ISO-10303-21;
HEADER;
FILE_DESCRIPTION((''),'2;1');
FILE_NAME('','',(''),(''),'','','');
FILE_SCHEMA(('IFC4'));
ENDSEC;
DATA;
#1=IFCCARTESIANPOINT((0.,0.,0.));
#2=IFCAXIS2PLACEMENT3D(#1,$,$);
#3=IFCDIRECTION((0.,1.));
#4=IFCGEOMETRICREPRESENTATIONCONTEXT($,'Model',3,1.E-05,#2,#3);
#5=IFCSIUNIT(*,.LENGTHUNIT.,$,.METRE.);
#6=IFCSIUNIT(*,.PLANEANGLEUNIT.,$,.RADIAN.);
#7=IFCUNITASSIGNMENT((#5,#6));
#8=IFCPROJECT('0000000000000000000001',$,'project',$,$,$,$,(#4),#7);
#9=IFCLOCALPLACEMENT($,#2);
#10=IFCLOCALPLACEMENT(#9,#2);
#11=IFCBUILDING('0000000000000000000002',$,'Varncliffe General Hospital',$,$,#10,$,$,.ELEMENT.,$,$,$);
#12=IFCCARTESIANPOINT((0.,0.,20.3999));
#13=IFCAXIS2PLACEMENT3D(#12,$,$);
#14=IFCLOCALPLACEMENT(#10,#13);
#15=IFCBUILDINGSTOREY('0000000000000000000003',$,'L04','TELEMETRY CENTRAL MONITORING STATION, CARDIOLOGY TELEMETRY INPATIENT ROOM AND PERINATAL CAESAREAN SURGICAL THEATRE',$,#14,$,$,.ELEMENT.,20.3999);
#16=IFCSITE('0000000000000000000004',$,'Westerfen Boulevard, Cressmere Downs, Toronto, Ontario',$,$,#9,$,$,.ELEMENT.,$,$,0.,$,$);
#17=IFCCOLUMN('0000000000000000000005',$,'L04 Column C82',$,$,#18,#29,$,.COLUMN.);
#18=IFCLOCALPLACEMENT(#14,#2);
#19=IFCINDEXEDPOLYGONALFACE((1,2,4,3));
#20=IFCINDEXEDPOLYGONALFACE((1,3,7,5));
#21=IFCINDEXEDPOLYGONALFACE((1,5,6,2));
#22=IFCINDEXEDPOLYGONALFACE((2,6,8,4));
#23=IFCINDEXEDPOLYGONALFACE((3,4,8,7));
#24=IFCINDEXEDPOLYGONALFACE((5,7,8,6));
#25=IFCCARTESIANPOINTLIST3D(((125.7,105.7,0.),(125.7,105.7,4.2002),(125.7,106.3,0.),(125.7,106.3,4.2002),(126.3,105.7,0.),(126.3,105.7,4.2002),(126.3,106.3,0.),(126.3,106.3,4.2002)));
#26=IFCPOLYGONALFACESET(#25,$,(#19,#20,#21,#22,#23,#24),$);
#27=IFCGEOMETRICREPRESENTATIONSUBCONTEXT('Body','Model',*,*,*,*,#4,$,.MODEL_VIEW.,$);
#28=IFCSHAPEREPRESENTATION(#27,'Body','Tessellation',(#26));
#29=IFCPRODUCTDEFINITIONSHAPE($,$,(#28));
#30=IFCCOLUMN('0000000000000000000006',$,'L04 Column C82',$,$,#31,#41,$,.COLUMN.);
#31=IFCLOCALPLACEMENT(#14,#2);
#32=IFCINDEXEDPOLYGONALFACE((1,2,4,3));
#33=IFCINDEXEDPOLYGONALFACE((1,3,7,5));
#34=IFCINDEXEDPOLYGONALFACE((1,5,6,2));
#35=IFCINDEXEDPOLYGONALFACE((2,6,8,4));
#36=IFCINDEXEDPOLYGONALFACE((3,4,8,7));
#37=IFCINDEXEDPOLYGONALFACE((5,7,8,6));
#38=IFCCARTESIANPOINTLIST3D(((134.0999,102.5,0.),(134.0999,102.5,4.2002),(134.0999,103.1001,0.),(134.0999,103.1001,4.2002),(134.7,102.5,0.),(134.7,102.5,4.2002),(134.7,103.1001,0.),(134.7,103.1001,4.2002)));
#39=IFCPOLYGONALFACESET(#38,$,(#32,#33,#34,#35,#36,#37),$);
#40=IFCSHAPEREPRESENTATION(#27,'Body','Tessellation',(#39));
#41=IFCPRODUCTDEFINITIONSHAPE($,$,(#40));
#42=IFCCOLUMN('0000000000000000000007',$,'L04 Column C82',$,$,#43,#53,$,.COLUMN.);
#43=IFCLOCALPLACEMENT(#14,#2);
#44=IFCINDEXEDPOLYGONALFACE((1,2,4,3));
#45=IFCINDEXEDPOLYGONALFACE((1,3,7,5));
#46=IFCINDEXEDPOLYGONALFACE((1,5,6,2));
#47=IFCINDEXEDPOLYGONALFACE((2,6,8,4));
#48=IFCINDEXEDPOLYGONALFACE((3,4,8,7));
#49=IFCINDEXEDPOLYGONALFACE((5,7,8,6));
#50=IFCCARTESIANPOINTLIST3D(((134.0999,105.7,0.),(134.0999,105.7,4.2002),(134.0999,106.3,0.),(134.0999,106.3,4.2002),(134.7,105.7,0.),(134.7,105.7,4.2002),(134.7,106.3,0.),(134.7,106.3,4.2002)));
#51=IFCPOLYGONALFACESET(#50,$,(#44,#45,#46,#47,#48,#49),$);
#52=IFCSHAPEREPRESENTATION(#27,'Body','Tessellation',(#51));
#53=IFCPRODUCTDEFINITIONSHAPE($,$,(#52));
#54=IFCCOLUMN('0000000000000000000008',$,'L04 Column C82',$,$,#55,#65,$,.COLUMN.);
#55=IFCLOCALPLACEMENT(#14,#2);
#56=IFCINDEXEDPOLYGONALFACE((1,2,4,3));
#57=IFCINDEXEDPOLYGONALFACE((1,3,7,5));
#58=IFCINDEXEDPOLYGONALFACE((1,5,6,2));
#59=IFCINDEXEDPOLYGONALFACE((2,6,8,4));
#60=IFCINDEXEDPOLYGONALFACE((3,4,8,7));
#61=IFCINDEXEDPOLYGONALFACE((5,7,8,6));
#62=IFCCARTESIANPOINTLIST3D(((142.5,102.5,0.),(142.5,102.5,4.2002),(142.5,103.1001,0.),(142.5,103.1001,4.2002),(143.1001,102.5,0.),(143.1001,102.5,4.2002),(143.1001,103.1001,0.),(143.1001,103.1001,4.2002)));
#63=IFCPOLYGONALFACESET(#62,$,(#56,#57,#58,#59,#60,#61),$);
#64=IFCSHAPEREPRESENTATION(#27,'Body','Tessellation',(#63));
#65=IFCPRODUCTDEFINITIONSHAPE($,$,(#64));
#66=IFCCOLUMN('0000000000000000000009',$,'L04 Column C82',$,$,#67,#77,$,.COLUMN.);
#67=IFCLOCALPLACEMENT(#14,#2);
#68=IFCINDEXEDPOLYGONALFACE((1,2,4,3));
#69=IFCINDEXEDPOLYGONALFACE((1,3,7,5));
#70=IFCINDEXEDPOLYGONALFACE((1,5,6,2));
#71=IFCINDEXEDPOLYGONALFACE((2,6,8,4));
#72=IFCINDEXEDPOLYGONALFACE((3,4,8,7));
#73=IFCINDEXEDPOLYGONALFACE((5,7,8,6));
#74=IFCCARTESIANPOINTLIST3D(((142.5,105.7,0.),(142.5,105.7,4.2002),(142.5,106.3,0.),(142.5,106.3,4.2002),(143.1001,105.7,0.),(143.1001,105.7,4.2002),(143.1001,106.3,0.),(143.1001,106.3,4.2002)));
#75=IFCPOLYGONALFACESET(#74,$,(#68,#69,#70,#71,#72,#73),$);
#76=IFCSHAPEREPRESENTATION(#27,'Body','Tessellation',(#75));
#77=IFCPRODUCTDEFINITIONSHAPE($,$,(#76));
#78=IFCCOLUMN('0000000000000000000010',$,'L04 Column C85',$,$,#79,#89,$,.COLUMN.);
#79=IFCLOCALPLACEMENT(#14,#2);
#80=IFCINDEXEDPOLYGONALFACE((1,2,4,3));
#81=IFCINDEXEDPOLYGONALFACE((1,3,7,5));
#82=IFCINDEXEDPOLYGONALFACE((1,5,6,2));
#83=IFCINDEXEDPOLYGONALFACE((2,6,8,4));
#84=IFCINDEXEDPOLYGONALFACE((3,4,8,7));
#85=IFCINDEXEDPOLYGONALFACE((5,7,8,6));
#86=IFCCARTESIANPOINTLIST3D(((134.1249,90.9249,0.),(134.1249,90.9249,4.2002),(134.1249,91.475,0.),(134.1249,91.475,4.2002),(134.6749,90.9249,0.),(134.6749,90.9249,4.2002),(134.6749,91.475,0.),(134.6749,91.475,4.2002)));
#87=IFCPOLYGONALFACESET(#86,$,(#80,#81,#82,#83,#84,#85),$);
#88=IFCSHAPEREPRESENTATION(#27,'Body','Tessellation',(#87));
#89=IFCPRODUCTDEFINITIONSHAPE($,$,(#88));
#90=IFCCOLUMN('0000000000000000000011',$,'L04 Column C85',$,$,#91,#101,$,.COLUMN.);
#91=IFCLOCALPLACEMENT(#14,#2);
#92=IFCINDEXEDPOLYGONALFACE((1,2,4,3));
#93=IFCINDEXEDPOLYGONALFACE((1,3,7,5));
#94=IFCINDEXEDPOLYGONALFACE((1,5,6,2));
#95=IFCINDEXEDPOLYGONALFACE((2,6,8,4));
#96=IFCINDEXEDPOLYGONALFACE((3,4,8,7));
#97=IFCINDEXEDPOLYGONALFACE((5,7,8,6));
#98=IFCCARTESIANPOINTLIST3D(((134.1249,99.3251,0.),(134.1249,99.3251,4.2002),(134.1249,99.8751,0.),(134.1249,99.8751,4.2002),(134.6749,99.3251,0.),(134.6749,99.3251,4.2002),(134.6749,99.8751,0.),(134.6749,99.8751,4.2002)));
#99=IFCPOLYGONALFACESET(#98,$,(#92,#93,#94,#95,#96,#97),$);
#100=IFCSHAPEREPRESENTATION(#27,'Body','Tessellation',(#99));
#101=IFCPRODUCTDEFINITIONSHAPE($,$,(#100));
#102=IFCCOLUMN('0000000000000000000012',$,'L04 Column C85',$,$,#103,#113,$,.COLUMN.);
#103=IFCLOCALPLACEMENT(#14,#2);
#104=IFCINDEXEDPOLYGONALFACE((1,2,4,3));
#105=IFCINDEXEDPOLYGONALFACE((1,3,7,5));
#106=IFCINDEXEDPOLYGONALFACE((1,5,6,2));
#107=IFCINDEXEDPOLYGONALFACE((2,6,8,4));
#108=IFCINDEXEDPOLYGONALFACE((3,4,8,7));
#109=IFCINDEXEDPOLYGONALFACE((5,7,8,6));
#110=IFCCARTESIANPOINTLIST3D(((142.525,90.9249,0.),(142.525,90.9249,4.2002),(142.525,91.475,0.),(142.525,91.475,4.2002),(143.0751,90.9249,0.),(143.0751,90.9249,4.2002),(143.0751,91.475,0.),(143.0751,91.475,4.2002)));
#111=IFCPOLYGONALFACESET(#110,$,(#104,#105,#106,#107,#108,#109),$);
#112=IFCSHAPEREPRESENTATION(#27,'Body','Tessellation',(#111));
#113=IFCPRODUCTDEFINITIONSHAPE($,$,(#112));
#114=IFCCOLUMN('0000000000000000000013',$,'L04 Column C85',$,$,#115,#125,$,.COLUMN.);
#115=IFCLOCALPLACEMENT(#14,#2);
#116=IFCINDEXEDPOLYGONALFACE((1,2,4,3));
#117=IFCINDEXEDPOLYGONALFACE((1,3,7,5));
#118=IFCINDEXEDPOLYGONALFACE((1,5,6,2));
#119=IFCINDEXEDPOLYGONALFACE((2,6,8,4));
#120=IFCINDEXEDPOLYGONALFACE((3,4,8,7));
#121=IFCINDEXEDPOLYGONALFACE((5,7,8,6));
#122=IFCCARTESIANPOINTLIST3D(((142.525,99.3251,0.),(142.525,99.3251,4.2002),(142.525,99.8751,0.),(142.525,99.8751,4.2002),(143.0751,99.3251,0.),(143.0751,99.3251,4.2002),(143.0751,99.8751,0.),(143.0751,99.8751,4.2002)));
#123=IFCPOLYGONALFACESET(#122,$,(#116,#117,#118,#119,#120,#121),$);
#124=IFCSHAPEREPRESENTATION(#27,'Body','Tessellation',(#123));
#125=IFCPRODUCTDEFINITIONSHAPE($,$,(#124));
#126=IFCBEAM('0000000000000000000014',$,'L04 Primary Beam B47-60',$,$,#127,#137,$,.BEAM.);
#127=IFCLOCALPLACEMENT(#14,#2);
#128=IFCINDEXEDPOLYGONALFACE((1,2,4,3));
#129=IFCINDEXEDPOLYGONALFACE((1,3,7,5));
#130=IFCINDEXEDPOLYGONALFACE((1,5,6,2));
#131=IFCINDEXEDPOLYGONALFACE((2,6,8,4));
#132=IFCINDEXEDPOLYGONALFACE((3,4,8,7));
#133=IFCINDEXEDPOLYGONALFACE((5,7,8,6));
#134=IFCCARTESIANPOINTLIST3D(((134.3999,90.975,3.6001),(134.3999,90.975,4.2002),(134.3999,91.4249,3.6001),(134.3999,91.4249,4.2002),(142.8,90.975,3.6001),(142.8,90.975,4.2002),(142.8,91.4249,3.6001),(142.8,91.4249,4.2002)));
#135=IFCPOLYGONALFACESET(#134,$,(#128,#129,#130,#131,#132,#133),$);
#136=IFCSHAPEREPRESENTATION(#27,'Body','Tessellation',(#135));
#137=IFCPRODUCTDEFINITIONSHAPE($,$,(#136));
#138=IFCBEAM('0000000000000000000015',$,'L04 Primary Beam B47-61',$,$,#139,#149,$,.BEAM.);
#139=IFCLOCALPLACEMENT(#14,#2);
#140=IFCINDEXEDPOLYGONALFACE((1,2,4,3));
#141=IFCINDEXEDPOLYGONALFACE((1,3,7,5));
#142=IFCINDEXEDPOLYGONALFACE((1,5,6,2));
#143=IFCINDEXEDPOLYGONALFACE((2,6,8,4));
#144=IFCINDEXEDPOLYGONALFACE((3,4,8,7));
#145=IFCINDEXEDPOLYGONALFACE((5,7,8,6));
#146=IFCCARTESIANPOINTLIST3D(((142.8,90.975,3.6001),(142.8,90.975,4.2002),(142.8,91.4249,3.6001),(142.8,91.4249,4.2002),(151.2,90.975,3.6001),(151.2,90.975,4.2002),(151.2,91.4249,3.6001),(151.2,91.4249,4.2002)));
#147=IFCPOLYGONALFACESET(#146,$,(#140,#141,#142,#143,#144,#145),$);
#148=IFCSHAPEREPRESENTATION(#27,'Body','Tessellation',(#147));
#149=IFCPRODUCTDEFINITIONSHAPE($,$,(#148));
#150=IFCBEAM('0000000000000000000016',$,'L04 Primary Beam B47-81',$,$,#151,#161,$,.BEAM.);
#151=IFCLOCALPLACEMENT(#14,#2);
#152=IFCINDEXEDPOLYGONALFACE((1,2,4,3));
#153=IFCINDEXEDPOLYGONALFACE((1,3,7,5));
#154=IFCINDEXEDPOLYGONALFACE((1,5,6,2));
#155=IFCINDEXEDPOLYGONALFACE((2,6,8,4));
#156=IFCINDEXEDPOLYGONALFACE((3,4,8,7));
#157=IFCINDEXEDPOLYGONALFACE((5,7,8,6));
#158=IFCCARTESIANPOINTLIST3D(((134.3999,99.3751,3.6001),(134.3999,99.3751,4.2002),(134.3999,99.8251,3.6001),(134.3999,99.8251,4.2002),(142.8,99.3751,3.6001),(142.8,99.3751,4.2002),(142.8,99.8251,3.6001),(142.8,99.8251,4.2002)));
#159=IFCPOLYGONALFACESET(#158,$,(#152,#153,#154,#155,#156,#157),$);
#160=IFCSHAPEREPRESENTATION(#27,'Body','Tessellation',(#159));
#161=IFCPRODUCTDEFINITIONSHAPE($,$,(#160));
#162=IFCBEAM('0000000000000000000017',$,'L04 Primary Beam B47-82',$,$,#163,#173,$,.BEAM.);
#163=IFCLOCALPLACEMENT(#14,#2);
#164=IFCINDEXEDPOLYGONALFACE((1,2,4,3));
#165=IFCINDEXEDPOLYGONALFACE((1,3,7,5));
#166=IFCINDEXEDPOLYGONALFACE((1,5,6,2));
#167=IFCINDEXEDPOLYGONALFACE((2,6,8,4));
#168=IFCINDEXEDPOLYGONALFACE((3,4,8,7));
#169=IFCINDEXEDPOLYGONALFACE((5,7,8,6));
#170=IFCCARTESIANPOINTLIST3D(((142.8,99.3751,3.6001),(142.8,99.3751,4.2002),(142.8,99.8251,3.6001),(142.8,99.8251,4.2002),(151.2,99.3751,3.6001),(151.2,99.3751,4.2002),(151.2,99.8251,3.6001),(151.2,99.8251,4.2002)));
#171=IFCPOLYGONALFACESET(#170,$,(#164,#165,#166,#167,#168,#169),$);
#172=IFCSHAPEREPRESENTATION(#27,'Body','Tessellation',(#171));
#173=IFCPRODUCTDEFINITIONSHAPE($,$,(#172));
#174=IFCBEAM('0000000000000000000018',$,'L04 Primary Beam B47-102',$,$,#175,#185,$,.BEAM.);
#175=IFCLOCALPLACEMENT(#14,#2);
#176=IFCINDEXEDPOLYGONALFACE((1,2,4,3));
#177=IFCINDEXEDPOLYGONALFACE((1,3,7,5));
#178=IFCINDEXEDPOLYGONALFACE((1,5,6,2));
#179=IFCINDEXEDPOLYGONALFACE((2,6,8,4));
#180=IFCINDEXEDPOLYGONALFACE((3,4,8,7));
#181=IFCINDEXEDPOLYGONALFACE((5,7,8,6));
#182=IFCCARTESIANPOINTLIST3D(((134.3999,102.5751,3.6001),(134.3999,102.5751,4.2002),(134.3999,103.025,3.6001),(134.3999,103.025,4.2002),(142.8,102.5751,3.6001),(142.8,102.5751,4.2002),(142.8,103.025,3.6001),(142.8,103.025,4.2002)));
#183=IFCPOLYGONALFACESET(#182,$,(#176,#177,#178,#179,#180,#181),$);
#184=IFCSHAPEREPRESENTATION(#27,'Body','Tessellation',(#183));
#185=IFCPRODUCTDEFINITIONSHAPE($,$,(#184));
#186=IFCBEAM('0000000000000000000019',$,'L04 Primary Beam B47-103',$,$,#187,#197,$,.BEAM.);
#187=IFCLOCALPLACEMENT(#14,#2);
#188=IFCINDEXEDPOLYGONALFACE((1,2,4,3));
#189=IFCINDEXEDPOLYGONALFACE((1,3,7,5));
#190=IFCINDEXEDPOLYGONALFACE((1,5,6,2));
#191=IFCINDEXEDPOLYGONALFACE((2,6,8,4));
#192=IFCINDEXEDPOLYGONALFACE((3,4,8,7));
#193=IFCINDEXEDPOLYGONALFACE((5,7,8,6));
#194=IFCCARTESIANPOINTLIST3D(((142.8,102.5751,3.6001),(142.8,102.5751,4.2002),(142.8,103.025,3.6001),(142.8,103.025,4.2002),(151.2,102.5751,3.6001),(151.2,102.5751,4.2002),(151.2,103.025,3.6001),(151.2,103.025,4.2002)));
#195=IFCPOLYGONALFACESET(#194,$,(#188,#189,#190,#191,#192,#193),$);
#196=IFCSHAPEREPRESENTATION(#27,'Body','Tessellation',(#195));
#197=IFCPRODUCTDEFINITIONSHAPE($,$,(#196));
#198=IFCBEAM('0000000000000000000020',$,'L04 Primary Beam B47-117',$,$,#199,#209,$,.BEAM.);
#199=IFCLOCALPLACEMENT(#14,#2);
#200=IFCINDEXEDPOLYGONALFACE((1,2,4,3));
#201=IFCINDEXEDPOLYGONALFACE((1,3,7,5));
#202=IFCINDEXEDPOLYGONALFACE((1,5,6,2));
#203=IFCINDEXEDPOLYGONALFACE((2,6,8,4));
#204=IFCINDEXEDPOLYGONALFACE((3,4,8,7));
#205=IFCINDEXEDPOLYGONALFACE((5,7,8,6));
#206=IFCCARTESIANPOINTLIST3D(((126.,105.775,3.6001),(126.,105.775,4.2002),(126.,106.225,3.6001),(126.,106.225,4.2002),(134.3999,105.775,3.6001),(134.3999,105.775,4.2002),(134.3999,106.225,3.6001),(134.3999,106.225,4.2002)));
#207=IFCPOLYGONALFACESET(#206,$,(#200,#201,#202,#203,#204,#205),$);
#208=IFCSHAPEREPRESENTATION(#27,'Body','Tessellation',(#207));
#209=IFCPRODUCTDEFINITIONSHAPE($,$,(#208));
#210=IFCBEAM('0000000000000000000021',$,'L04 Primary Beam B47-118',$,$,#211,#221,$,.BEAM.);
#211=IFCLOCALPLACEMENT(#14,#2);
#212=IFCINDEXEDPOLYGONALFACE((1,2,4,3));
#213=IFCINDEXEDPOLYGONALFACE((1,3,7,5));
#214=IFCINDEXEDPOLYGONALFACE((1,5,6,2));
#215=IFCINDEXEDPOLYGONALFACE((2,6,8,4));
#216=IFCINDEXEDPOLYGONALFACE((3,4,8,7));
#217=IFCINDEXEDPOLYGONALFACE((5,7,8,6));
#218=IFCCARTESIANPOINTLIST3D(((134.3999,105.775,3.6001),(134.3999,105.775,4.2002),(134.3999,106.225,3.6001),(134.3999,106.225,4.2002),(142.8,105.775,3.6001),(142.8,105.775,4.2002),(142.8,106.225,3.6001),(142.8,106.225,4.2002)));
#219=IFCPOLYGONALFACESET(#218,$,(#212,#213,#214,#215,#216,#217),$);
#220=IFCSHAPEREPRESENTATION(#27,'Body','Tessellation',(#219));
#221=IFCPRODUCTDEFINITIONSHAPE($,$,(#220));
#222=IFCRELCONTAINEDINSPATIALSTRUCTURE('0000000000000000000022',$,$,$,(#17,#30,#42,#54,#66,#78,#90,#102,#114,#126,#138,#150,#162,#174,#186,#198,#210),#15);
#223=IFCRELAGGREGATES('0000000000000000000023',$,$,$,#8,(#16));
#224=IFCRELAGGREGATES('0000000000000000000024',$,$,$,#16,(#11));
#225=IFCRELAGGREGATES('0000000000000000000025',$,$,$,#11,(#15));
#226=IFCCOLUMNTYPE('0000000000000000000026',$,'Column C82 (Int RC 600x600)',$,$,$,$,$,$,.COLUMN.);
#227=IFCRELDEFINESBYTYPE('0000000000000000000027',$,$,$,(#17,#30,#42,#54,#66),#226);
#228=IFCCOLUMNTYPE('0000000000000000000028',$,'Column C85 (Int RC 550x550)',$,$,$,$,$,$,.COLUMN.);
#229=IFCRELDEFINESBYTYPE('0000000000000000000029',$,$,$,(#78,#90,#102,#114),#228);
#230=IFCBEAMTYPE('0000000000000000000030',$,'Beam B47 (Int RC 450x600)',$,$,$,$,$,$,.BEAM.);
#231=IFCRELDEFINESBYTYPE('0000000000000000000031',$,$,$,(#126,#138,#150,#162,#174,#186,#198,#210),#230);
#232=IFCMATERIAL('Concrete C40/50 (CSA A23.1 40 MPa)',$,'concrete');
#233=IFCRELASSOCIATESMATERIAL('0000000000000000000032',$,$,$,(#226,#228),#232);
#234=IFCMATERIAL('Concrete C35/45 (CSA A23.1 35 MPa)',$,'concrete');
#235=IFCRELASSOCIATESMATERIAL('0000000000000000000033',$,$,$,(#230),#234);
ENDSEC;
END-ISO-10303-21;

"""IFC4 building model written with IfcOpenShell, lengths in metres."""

from ifc_helpers import new_model, si_unit, direction, frame, origin, origin_2d, place, context, subcontext, project, spatial, rectangle, extrude, material, material_profile, profile_set, type_object, element, save


model = new_model("IFC4")

# Units and contexts
model_context = context("Model", 3, precision=1e-05, world=origin(), true_north=direction((0.0, 1.0)))
body_context = subcontext(model_context, "Body", "Model", "MODEL_VIEW")
ifc_project = project(units=[si_unit("LENGTHUNIT", "METRE"), si_unit("PLANEANGLEUNIT", "RADIAN")], contexts=[model_context])

# Site, building, storey
site_placement = place(None, origin())
site = spatial("IfcSite", under=ifc_project, at=site_placement, Name="Westerfen Boulevard, Cressmere Downs, Toronto, Ontario", CompositionType="ELEMENT", RefElevation=0.0)
building_placement = place(site_placement, origin())
building = spatial("IfcBuilding", under=site, at=building_placement, Name="Varncliffe General Hospital", CompositionType="ELEMENT")
storey_placement = place(building_placement, frame((0.0, 0.0, 20.3999)))
storey = spatial("IfcBuildingStorey", under=building, at=storey_placement, Name="L04", Description="TELEMETRY CENTRAL MONITORING STATION, CARDIOLOGY TELEMETRY INPATIENT ROOM AND PERINATAL CAESAREAN SURGICAL THEATRE", CompositionType="ELEMENT", Elevation=20.3999)

# Columns
ifc_material_1 = material(Name="Concrete C40/50 (CSA A23.1 40 MPa)", Category="concrete")
ifc_material_profile_1 = material_profile(ifc_material_1, rectangle(XDim=0.6001, YDim=0.6001, at=origin_2d()), Name="RC 600x600")
ifc_profile_set_1 = profile_set([ifc_material_profile_1], Name="Concrete C40/50 (CSA A23.1 40 MPa)")
column_type_1 = type_object("IfcColumnType", Name="Column C82 (Int RC 600x600)", PredefinedType="COLUMN", material=ifc_profile_set_1)
for number, where, z_axis, x_axis, name in (
    (1, (126.0, 106.0, 0.0), (0.0, 0.0, 1.0), (1.0, 0.0, 0.0), "L04 Column C82"),
    (2, (134.3999, 102.8, 0.0), (0.0, 0.0, 1.0), (1.0, 0.0, 0.0), "L04 Column C82"),
    (3, (134.3999, 106.0, 0.0), (0.0, 0.0, 1.0), (1.0, 0.0, 0.0), "L04 Column C82"),
    (4, (142.8, 102.8, 0.0), (0.0, 0.0, 1.0), (1.0, 0.0, 0.0), "L04 Column C82"),
    (5, (142.8, 106.0, 0.0), (0.0, 0.0, 1.0), (1.0, 0.0, 0.0), "L04 Column C82"),
):
    element("IfcColumn", number, at=place(storey_placement, frame(where, z_axis=z_axis, x_axis=x_axis)), inside=storey, type_object=column_type_1, Name=name, PredefinedType="COLUMN", context=body_context, shape_type="SweptSolid", body=[
        extrude(rectangle(XDim=0.6001, YDim=0.6001, at=origin_2d()), origin(), (0.0, 0.0, 1.0), 4.2002),
    ])
ifc_material_profile_2 = material_profile(ifc_material_1, rectangle(XDim=0.55, YDim=0.55, at=origin_2d()), Name="RC 550x550")
ifc_profile_set_2 = profile_set([ifc_material_profile_2], Name="Concrete C40/50 (CSA A23.1 40 MPa)")
column_type_2 = type_object("IfcColumnType", Name="Column C85 (Int RC 550x550)", PredefinedType="COLUMN", material=ifc_profile_set_2)
for number, where, z_axis, x_axis, name in (
    (6, (134.3999, 91.2, 0.0), (0.0, 0.0, 1.0), (1.0, 0.0, 0.0), "L04 Column C85"),
    (7, (134.3999, 99.6001, 0.0), (0.0, 0.0, 1.0), (1.0, 0.0, 0.0), "L04 Column C85"),
    (8, (142.8, 91.2, 0.0), (0.0, 0.0, 1.0), (1.0, 0.0, 0.0), "L04 Column C85"),
    (9, (142.8, 99.6001, 0.0), (0.0, 0.0, 1.0), (1.0, 0.0, 0.0), "L04 Column C85"),
):
    element("IfcColumn", number, at=place(storey_placement, frame(where, z_axis=z_axis, x_axis=x_axis)), inside=storey, type_object=column_type_2, Name=name, PredefinedType="COLUMN", context=body_context, shape_type="SweptSolid", body=[
        extrude(rectangle(XDim=0.55, YDim=0.55, at=origin_2d()), origin(), (0.0, 0.0, 1.0), 4.2002),
    ])

# Beams
ifc_material_2 = material(Name="Concrete C35/45 (CSA A23.1 35 MPa)", Category="concrete")
ifc_material_profile_3 = material_profile(ifc_material_2, rectangle(XDim=0.45, YDim=0.6001, at=origin_2d()), Name="RC 450x600")
ifc_profile_set_3 = profile_set([ifc_material_profile_3], Name="Concrete C35/45 (CSA A23.1 35 MPa)")
beam_type = type_object("IfcBeamType", Name="Beam B47 (Int RC 450x600)", PredefinedType="BEAM", material=ifc_profile_set_3)
beam_1_placement = place(storey_placement, frame((134.3999, 91.2, 3.9001), z_axis=(1.0, 0.0, 0.0), x_axis=(0.0, 1.0, 0.0)))
element("IfcBeam", 10, at=beam_1_placement, inside=storey, type_object=beam_type, Name="L04 Primary Beam B47-60", PredefinedType="BEAM", context=body_context, shape_type="SweptSolid", body=[
    extrude(rectangle(XDim=0.45, YDim=0.6001, at=origin_2d()), origin(), (0.0, 0.0, 1.0), 8.4001),
])
beam_2_placement = place(storey_placement, frame((142.8, 91.2, 3.9001), z_axis=(1.0, 0.0, 0.0), x_axis=(0.0, 1.0, 0.0)))
element("IfcBeam", 11, at=beam_2_placement, inside=storey, type_object=beam_type, Name="L04 Primary Beam B47-61", PredefinedType="BEAM", context=body_context, shape_type="SweptSolid", body=[
    extrude(rectangle(XDim=0.45, YDim=0.6001, at=origin_2d()), origin(), (0.0, 0.0, 1.0), 8.3999),
])
beam_3_placement = place(storey_placement, frame((134.3999, 99.6001, 3.9001), z_axis=(1.0, 0.0, 0.0), x_axis=(0.0, 1.0, 0.0)))
element("IfcBeam", 12, at=beam_3_placement, inside=storey, type_object=beam_type, Name="L04 Primary Beam B47-81", PredefinedType="BEAM", context=body_context, shape_type="SweptSolid", body=[
    extrude(rectangle(XDim=0.45, YDim=0.6001, at=origin_2d()), origin(), (0.0, 0.0, 1.0), 8.4001),
])
beam_4_placement = place(storey_placement, frame((142.8, 99.6001, 3.9001), z_axis=(1.0, 0.0, 0.0), x_axis=(0.0, 1.0, 0.0)))
element("IfcBeam", 13, at=beam_4_placement, inside=storey, type_object=beam_type, Name="L04 Primary Beam B47-82", PredefinedType="BEAM", context=body_context, shape_type="SweptSolid", body=[
    extrude(rectangle(XDim=0.45, YDim=0.6001, at=origin_2d()), origin(), (0.0, 0.0, 1.0), 8.3999),
])
beam_5_placement = place(storey_placement, frame((134.3999, 102.8, 3.9001), z_axis=(1.0, 0.0, 0.0), x_axis=(0.0, 1.0, 0.0)))
element("IfcBeam", 14, at=beam_5_placement, inside=storey, type_object=beam_type, Name="L04 Primary Beam B47-102", PredefinedType="BEAM", context=body_context, shape_type="SweptSolid", body=[
    extrude(rectangle(XDim=0.45, YDim=0.6001, at=origin_2d()), origin(), (0.0, 0.0, 1.0), 8.4001),
])
for number, where, z_axis, x_axis, name in (
    (15, (142.8, 102.8, 3.9001), (1.0, 0.0, 0.0), (0.0, 1.0, 0.0), "L04 Primary Beam B47-103"),
    (16, (126.0, 106.0, 3.9001), (1.0, 0.0, 0.0), (0.0, 1.0, 0.0), "L04 Primary Beam B47-117"),
):
    element("IfcBeam", number, at=place(storey_placement, frame(where, z_axis=z_axis, x_axis=x_axis)), inside=storey, type_object=beam_type, Name=name, PredefinedType="BEAM", context=body_context, shape_type="SweptSolid", body=[
        extrude(rectangle(XDim=0.45, YDim=0.6001, at=origin_2d()), origin(), (0.0, 0.0, 1.0), 8.3999),
    ])
beam_6_placement = place(storey_placement, frame((134.3999, 106.0, 3.9001), z_axis=(1.0, 0.0, 0.0), x_axis=(0.0, 1.0, 0.0)))
element("IfcBeam", 17, at=beam_6_placement, inside=storey, type_object=beam_type, Name="L04 Primary Beam B47-118", PredefinedType="BEAM", context=body_context, shape_type="SweptSolid", body=[
    extrude(rectangle(XDim=0.45, YDim=0.6001, at=origin_2d()), origin(), (0.0, 0.0, 1.0), 8.4001),
])

save(model, "model.ifc")
